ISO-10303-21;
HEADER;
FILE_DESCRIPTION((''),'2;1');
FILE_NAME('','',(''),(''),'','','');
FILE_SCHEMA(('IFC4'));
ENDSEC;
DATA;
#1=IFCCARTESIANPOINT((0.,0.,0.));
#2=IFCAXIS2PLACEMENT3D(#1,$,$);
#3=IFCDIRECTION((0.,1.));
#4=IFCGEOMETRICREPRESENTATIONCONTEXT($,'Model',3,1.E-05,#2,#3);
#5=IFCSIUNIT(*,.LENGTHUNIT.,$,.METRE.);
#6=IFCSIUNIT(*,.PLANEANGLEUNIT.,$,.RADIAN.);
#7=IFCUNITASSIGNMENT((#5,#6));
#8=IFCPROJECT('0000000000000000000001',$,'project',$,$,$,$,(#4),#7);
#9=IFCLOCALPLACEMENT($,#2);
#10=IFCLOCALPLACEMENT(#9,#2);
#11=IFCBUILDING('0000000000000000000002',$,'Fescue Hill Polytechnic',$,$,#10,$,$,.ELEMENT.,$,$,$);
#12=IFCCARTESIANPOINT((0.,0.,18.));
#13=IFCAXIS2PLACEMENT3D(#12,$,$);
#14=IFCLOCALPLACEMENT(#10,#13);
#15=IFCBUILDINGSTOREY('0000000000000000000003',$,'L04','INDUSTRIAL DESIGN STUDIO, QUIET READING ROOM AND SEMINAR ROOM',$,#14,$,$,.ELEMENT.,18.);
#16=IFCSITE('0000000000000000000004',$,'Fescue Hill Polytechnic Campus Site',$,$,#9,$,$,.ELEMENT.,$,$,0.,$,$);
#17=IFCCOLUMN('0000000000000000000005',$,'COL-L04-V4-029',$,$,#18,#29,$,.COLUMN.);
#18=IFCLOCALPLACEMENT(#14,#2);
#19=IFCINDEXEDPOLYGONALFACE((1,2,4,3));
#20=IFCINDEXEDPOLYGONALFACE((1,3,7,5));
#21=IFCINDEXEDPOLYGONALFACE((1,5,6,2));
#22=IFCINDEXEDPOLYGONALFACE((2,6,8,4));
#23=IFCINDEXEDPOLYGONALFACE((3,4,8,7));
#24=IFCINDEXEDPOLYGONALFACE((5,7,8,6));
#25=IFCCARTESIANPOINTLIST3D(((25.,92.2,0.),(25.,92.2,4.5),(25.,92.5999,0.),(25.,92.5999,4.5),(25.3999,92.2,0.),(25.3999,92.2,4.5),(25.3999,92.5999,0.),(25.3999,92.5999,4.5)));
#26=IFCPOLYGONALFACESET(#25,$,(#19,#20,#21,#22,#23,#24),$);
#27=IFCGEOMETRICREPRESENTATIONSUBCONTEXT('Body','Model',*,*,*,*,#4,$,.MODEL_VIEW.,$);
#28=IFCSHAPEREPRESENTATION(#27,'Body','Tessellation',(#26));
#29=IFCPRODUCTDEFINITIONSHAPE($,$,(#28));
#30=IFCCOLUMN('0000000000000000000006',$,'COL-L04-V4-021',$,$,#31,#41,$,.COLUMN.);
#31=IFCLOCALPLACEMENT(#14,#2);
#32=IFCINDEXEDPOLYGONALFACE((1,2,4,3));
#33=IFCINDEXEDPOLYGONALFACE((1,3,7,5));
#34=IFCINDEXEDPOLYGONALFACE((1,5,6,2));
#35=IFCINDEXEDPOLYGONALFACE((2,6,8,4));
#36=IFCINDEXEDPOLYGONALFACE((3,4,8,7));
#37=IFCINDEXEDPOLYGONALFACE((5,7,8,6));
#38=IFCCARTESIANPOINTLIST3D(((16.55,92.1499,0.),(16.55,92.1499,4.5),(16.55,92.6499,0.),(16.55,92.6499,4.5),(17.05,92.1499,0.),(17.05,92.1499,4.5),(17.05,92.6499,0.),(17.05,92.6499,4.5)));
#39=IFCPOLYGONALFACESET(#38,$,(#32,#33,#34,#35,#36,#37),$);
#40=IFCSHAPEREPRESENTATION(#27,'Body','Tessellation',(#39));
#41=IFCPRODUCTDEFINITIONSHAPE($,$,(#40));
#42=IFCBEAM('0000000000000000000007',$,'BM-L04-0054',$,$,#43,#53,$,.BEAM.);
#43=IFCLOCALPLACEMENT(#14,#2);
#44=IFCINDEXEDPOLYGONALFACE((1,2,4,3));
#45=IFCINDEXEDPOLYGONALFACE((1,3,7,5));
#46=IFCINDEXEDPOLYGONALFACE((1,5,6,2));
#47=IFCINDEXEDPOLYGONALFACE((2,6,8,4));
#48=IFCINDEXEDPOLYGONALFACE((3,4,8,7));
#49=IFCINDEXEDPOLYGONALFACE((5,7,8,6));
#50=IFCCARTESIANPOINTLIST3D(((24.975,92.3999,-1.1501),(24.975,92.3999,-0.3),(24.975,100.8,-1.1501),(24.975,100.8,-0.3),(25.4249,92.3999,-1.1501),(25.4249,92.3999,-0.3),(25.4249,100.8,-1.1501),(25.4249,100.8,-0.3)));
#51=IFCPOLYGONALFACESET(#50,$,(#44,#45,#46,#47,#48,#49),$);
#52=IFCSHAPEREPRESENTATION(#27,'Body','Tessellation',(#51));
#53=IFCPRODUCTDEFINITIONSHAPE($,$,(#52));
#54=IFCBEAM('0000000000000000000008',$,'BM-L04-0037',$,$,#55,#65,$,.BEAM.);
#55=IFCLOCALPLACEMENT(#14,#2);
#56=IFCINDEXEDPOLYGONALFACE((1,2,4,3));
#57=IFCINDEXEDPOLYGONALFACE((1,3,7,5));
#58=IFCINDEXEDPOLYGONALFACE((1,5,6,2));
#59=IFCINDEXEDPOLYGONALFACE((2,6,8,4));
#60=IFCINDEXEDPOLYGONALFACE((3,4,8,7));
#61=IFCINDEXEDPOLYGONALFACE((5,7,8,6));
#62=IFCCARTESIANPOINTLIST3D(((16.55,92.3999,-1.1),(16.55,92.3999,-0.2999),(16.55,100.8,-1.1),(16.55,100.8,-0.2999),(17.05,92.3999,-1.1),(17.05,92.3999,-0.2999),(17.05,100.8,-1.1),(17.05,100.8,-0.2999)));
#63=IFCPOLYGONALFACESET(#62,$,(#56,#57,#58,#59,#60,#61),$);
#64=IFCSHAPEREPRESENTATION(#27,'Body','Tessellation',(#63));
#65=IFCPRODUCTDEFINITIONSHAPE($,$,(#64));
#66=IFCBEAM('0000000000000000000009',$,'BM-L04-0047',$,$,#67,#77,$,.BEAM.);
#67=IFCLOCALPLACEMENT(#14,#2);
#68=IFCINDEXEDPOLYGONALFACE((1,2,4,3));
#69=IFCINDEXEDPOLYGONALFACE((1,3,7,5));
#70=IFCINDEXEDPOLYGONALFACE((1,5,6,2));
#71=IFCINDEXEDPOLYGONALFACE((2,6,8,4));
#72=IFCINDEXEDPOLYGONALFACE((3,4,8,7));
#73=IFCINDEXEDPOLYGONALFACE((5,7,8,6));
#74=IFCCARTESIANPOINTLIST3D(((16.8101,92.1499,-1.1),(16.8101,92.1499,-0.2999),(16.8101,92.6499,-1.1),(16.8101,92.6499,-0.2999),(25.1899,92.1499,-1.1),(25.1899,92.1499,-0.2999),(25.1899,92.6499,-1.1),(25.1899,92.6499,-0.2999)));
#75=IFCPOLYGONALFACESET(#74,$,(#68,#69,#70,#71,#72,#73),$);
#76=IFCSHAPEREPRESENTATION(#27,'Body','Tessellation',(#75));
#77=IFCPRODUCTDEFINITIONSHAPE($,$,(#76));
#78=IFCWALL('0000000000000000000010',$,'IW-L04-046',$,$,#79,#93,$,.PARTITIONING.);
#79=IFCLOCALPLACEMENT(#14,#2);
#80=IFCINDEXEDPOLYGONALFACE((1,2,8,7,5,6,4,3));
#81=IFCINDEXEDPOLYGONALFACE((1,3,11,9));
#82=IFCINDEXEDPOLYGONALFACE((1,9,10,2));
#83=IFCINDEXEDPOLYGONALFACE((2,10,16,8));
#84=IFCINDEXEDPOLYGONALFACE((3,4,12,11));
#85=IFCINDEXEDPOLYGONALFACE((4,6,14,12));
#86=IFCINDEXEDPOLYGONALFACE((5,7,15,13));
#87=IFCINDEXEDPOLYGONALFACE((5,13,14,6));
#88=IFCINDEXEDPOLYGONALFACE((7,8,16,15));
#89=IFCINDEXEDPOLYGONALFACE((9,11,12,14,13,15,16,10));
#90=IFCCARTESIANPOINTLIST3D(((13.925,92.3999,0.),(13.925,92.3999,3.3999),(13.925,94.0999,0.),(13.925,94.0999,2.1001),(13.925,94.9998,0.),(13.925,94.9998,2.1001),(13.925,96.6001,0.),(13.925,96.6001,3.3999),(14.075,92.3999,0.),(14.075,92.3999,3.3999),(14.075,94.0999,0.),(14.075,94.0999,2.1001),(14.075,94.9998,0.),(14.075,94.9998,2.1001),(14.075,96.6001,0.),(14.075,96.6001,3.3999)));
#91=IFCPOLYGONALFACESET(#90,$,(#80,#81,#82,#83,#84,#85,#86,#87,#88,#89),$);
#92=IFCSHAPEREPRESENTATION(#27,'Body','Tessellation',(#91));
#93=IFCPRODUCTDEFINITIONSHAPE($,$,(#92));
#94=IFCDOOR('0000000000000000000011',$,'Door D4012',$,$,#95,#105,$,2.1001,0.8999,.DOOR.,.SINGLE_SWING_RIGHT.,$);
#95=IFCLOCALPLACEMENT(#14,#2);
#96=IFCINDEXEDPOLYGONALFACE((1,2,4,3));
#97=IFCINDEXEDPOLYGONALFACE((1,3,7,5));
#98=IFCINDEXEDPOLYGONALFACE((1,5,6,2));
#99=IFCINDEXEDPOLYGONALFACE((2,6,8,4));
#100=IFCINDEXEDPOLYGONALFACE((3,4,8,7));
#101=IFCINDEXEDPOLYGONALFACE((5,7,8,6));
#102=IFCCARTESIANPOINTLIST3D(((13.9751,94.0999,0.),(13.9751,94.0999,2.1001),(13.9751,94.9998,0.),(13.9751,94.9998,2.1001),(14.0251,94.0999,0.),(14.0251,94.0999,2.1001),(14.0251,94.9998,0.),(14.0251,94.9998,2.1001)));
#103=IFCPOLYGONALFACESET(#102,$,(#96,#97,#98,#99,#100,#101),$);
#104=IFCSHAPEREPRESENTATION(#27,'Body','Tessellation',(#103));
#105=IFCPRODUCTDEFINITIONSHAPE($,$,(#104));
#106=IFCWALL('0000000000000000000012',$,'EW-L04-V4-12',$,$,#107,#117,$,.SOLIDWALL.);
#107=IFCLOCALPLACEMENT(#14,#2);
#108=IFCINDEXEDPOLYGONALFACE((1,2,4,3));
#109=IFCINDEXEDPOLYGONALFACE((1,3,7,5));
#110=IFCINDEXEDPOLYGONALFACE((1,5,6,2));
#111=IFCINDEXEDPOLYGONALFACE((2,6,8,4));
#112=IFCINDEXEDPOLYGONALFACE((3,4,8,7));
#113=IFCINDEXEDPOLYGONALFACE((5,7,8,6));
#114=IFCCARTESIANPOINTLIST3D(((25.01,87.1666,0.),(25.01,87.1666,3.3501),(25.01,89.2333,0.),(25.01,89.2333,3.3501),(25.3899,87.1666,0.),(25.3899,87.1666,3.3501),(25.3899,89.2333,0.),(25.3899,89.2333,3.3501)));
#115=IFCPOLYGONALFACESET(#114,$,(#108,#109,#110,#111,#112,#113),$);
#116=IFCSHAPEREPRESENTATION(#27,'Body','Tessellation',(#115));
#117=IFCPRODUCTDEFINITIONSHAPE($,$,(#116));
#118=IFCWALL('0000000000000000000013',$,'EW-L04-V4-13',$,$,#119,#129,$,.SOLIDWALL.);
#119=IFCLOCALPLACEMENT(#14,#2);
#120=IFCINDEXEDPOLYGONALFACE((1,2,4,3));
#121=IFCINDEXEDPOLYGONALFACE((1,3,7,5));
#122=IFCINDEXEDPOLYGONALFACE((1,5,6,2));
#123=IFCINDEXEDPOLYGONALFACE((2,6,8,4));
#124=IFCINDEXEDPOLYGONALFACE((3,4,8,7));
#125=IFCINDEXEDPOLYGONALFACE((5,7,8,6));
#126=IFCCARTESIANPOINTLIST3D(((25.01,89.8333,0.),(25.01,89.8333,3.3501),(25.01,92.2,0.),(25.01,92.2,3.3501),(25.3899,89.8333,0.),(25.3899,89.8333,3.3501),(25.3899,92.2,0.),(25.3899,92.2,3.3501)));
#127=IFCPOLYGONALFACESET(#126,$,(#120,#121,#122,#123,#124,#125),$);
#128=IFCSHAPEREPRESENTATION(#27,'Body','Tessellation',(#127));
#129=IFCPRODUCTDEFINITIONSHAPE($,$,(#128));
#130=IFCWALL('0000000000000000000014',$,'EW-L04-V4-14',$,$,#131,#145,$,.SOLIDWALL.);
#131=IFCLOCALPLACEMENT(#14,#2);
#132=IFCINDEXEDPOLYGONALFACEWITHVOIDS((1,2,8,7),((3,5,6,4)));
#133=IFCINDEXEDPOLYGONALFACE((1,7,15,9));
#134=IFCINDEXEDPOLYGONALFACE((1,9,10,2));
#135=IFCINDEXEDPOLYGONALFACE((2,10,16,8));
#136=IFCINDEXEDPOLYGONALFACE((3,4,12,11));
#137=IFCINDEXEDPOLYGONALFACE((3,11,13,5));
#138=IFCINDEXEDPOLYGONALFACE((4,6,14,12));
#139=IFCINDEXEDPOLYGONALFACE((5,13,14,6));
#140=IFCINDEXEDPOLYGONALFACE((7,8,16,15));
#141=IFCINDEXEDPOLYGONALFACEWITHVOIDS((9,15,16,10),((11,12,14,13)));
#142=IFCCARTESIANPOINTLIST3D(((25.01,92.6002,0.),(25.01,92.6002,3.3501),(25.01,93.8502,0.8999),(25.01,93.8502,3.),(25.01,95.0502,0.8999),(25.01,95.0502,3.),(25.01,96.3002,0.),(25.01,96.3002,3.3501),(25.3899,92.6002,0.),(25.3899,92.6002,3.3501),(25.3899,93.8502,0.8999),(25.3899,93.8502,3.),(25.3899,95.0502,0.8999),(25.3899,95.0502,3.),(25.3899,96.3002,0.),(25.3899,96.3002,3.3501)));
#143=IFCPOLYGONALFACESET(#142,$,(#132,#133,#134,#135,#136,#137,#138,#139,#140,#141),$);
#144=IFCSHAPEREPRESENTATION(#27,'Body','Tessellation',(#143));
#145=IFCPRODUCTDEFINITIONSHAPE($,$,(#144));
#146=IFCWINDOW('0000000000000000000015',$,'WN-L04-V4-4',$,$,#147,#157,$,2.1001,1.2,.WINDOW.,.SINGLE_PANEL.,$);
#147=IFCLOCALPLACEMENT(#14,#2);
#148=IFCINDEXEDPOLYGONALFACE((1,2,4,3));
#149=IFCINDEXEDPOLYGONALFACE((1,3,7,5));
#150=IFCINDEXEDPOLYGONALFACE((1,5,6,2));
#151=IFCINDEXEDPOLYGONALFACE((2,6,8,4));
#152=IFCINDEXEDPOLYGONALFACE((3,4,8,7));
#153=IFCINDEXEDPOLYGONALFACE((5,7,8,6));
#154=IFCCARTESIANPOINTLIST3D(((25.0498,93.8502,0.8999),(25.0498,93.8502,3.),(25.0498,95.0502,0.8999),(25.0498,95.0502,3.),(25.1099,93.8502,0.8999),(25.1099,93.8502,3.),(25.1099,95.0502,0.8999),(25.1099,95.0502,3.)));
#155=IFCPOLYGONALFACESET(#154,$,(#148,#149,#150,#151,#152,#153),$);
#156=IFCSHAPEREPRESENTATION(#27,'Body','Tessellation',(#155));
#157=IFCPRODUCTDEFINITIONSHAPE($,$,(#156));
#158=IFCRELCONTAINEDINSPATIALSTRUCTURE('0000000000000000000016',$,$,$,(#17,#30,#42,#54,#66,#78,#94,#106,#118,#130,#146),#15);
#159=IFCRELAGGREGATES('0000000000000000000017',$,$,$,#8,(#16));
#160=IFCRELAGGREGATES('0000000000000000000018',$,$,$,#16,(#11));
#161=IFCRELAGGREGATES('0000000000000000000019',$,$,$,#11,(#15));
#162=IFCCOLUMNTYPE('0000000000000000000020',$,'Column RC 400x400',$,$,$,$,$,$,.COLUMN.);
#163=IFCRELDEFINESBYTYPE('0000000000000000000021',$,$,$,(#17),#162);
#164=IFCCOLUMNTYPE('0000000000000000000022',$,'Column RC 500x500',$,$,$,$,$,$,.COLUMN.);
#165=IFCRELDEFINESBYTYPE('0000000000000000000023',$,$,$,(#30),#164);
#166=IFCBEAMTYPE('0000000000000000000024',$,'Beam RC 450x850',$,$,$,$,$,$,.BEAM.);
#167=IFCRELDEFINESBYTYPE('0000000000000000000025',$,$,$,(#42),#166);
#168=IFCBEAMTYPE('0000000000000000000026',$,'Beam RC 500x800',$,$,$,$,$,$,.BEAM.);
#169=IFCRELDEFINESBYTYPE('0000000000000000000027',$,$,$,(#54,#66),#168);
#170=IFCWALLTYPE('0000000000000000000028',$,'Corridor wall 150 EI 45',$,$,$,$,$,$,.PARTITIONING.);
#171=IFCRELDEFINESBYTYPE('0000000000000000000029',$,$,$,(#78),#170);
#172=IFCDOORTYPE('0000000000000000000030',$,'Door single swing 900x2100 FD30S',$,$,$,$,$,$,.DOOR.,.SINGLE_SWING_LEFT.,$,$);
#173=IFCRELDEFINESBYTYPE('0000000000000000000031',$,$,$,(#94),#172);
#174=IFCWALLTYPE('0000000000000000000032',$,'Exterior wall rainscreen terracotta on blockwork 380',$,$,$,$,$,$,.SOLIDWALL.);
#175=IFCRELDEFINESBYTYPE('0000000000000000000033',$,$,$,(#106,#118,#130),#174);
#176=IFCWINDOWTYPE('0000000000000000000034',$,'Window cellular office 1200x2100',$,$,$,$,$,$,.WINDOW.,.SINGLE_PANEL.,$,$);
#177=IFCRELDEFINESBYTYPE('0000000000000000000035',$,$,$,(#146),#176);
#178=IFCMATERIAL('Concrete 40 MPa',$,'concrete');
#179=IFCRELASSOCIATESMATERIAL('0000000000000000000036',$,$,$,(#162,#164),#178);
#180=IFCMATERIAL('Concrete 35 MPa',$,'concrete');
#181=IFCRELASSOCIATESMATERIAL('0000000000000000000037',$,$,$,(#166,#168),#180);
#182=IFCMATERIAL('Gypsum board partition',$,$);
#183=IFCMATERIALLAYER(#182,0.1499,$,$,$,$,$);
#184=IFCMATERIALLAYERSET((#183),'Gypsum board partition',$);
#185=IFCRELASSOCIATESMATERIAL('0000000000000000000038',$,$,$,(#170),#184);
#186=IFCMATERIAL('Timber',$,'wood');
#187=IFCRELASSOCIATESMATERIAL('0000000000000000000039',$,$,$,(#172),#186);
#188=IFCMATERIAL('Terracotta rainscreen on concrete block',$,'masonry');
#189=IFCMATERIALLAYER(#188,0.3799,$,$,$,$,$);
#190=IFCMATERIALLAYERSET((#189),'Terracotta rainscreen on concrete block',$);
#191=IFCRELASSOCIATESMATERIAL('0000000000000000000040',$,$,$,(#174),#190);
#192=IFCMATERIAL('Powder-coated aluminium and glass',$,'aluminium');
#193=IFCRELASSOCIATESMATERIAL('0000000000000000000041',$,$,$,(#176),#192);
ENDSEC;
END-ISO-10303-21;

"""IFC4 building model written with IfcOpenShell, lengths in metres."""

from ifc_helpers import new_model, si_unit, direction, frame, frame_2d, origin, origin_2d, place, context, subcontext, project, spatial, rectangle, extrude, material, layer, layer_set, material_profile, profile_set, type_object, element, fill, save


model = new_model("IFC4")

# Units and contexts
model_context = context("Model", 3, precision=1e-05, world=origin(), true_north=direction((0.0, 1.0)))
body_context = subcontext(model_context, "Body", "Model", "MODEL_VIEW")
ifc_project = project(units=[si_unit("LENGTHUNIT", "METRE"), si_unit("PLANEANGLEUNIT", "RADIAN")], contexts=[model_context])

# Site, building, storey
site_placement = place(None, origin())
site = spatial("IfcSite", under=ifc_project, at=site_placement, Name="Fescue Hill Polytechnic Campus Site", CompositionType="ELEMENT", RefElevation=0.0)
building_placement = place(site_placement, origin())
building = spatial("IfcBuilding", under=site, at=building_placement, Name="Fescue Hill Polytechnic", CompositionType="ELEMENT")
storey_placement = place(building_placement, frame((0.0, 0.0, 18.0)))
storey = spatial("IfcBuildingStorey", under=building, at=storey_placement, Name="L04", Description="INDUSTRIAL DESIGN STUDIO, QUIET READING ROOM AND SEMINAR ROOM", CompositionType="ELEMENT", Elevation=18.0)

# Columns
ifc_material_1 = material(Name="Concrete 40 MPa", Category="concrete")
ifc_material_profile_1 = material_profile(ifc_material_1, rectangle(XDim=0.3999, YDim=0.3999, at=origin_2d()), Name="RC 400x400")
ifc_profile_set_1 = profile_set([ifc_material_profile_1], Name="Concrete 40 MPa")
column_type_1 = type_object("IfcColumnType", Name="Column RC 400x400", PredefinedType="COLUMN", material=ifc_profile_set_1)
column_1_placement = place(storey_placement, frame((25.2, 92.3999, 0.0), z_axis=(0.0, 0.0, 1.0), x_axis=(1.0, 0.0, 0.0)))
element("IfcColumn", 1, at=column_1_placement, inside=storey, type_object=column_type_1, Name="COL-L04-V4-029", PredefinedType="COLUMN", context=body_context, shape_type="SweptSolid", body=[
    extrude(rectangle(XDim=0.3999, YDim=0.3999, at=origin_2d()), origin(), (0.0, 0.0, 1.0), 4.5),
])
ifc_material_profile_2 = material_profile(ifc_material_1, rectangle(XDim=0.5, YDim=0.5, at=origin_2d()), Name="RC 500x500")
ifc_profile_set_2 = profile_set([ifc_material_profile_2], Name="Concrete 40 MPa")
column_type_2 = type_object("IfcColumnType", Name="Column RC 500x500", PredefinedType="COLUMN", material=ifc_profile_set_2)
column_2_placement = place(storey_placement, frame((16.8, 92.3999, 0.0), z_axis=(0.0, 0.0, 1.0), x_axis=(1.0, 0.0, 0.0)))
element("IfcColumn", 2, at=column_2_placement, inside=storey, type_object=column_type_2, Name="COL-L04-V4-021", PredefinedType="COLUMN", context=body_context, shape_type="SweptSolid", body=[
    extrude(rectangle(XDim=0.5, YDim=0.5, at=origin_2d()), origin(), (0.0, 0.0, 1.0), 4.5),
])

# Beams
ifc_material_2 = material(Name="Concrete 35 MPa", Category="concrete")
ifc_material_profile_3 = material_profile(ifc_material_2, rectangle(XDim=0.45, YDim=0.8501, at=origin_2d()), Name="RC 450x850")
ifc_profile_set_3 = profile_set([ifc_material_profile_3], Name="Concrete 35 MPa")
beam_type_1 = type_object("IfcBeamType", Name="Beam RC 450x850", PredefinedType="BEAM", material=ifc_profile_set_3)
beam_1_placement = place(storey_placement, frame((25.2, 92.3999, -0.7251), z_axis=(0.0, 1.0, 0.0), x_axis=(-1.0, 0.0, 0.0)))
element("IfcBeam", 3, at=beam_1_placement, inside=storey, type_object=beam_type_1, Name="BM-L04-0054", PredefinedType="BEAM", context=body_context, shape_type="SweptSolid", body=[
    extrude(rectangle(XDim=0.45, YDim=0.8501, at=origin_2d()), origin(), (0.0, 0.0, 1.0), 8.4001),
])
ifc_material_profile_4 = material_profile(ifc_material_2, rectangle(XDim=0.5, YDim=0.8, at=origin_2d()), Name="RC 500x800")
ifc_profile_set_4 = profile_set([ifc_material_profile_4], Name="Concrete 35 MPa")
beam_type_2 = type_object("IfcBeamType", Name="Beam RC 500x800", PredefinedType="BEAM", material=ifc_profile_set_4)
beam_2_placement = place(storey_placement, frame((16.8, 92.3999, -0.7), z_axis=(0.0, 1.0, 0.0), x_axis=(-1.0, 0.0, 0.0)))
element("IfcBeam", 4, at=beam_2_placement, inside=storey, type_object=beam_type_2, Name="BM-L04-0037", PredefinedType="BEAM", context=body_context, shape_type="SweptSolid", body=[
    extrude(rectangle(XDim=0.5, YDim=0.8, at=origin_2d()), origin(), (0.0, 0.0, 1.0), 8.4001),
])
beam_3_placement = place(storey_placement, frame((16.8101, 92.3999, -0.7), z_axis=(1.0, 0.0, 0.0), x_axis=(0.0, 1.0, 0.0)))
element("IfcBeam", 5, at=beam_3_placement, inside=storey, type_object=beam_type_2, Name="BM-L04-0047", PredefinedType="BEAM", context=body_context, shape_type="SweptSolid", body=[
    extrude(rectangle(XDim=0.5, YDim=0.8, at=origin_2d()), origin(), (0.0, 0.0, 1.0), 8.3799),
])

# Wall, opening, door
ifc_material_3 = material(Name="Gypsum board partition")
ifc_layer_1 = layer(ifc_material_3, 0.1499)
ifc_layer_set_1 = layer_set([ifc_layer_1], Name="Gypsum board partition")
wall_type_1 = type_object("IfcWallType", Name="Corridor wall 150 EI 45", PredefinedType="PARTITIONING", material=ifc_layer_set_1)
wall_1_placement = place(storey_placement, frame((14.0, 92.3999, 0.0), z_axis=(0.0, 0.0, 1.0), x_axis=(0.0, 1.0, 0.0)))
wall_1 = element("IfcWall", 6, at=wall_1_placement, inside=storey, type_object=wall_type_1, Name="IW-L04-046", PredefinedType="PARTITIONING", context=body_context, shape_type="SweptSolid", body=[
    extrude(rectangle(XDim=4.2002, YDim=0.1499, at=frame_2d((2.1001, 0.0))), origin(), (0.0, 0.0, 1.0), 3.3999),
])
opening_1_placement = place(wall_1_placement, frame((1.7, 0.0, 0.0)))
opening_1 = element("IfcOpeningElement", 7, at=opening_1_placement, cuts=wall_1, PredefinedType="OPENING", context=body_context, shape_type="SweptSolid", body=[
    extrude(rectangle(XDim=0.8999, YDim=2.1001, at=frame_2d((0.45, 1.05))), frame((0.0, 0.085, 0.0), z_axis=(0.0, -1.0, 0.0), x_axis=(1.0, 0.0, 0.0)), (0.0, 0.0, 1.0), 0.1699),
])
ifc_material_4 = material(Name="Timber", Category="wood")
door_type_1 = type_object("IfcDoorType", Name="Door single swing 900x2100 FD30S", OperationType="SINGLE_SWING_LEFT", PredefinedType="DOOR", material=ifc_material_4)
door_1_placement = place(opening_1_placement, origin())
door_1 = element("IfcDoor", 8, at=door_1_placement, inside=storey, type_object=door_type_1, Name="Door D4012", OperationType="SINGLE_SWING_RIGHT", OverallHeight=2.1001, OverallWidth=0.8999, PredefinedType="DOOR", context=body_context, shape_type="SweptSolid", body=[
    extrude(rectangle(XDim=0.8999, YDim=2.1001, at=frame_2d((0.45, 1.05))), frame((0.0, 0.0249, 0.0), z_axis=(0.0, -1.0, 0.0), x_axis=(1.0, 0.0, 0.0)), (0.0, 0.0, 1.0), 0.05),
])
fill(opening_1, door_1)

# Walls
ifc_material_5 = material(Name="Terracotta rainscreen on concrete block", Category="masonry")
ifc_layer_2 = layer(ifc_material_5, 0.3799)
ifc_layer_set_2 = layer_set([ifc_layer_2], Name="Terracotta rainscreen on concrete block")
wall_type_2 = type_object("IfcWallType", Name="Exterior wall rainscreen terracotta on blockwork 380", PredefinedType="SOLIDWALL", material=ifc_layer_set_2)
wall_2_placement = place(storey_placement, frame((25.2, 87.1667, 0.0), z_axis=(0.0, 0.0, 1.0), x_axis=(0.0, 1.0, 0.0)))
element("IfcWall", 9, at=wall_2_placement, inside=storey, type_object=wall_type_2, Name="EW-L04-V4-12", PredefinedType="SOLIDWALL", context=body_context, shape_type="SweptSolid", body=[
    extrude(rectangle(XDim=2.0667, YDim=0.3799, at=frame_2d((1.0332, 0.0))), origin(), (0.0, 0.0, 1.0), 3.3501),
])
wall_3_placement = place(storey_placement, frame((25.2, 89.8333, 0.0), z_axis=(0.0, 0.0, 1.0), x_axis=(0.0, 1.0, 0.0)))
element("IfcWall", 10, at=wall_3_placement, inside=storey, type_object=wall_type_2, Name="EW-L04-V4-13", PredefinedType="SOLIDWALL", context=body_context, shape_type="SweptSolid", body=[
    extrude(rectangle(XDim=2.3667, YDim=0.3799, at=frame_2d((1.1833, 0.0))), origin(), (0.0, 0.0, 1.0), 3.3501),
])

# Wall, opening, window
wall_4_placement = place(storey_placement, frame((25.2, 92.6001, 0.0), z_axis=(0.0, 0.0, 1.0), x_axis=(0.0, 1.0, 0.0)))
wall_4 = element("IfcWall", 11, at=wall_4_placement, inside=storey, type_object=wall_type_2, Name="EW-L04-V4-14", PredefinedType="SOLIDWALL", context=body_context, shape_type="SweptSolid", body=[
    extrude(rectangle(XDim=3.7, YDim=0.3799, at=frame_2d((1.8501, 0.0))), origin(), (0.0, 0.0, 1.0), 3.3501),
])
opening_2_placement = place(wall_4_placement, frame((1.25, 0.0, 0.8999)))
opening_2 = element("IfcOpeningElement", 12, at=opening_2_placement, cuts=wall_4, PredefinedType="OPENING", context=body_context, shape_type="SweptSolid", body=[
    extrude(rectangle(XDim=1.2, YDim=2.1001, at=frame_2d((0.6001, 1.05))), frame((0.0, 0.2, 0.0), z_axis=(0.0, -1.0, 0.0), x_axis=(1.0, 0.0, 0.0)), (0.0, 0.0, 1.0), 0.3999),
])
ifc_material_6 = material(Name="Powder-coated aluminium and glass", Category="aluminium")
window_type_1 = type_object("IfcWindowType", Name="Window cellular office 1200x2100", PartitioningType="SINGLE_PANEL", PredefinedType="WINDOW", material=ifc_material_6)
window_1_placement = place(opening_2_placement, origin())
window_1 = element("IfcWindow", 13, at=window_1_placement, inside=storey, type_object=window_type_1, Name="WN-L04-V4-4", OverallHeight=2.1001, OverallWidth=1.2, PartitioningType="SINGLE_PANEL", PredefinedType="WINDOW", context=body_context, shape_type="SweptSolid", body=[
    extrude(rectangle(XDim=1.2, YDim=2.1001, at=frame_2d((0.6001, 1.05))), frame((0.0, 0.1501, 0.0), z_axis=(0.0, -1.0, 0.0), x_axis=(1.0, 0.0, 0.0)), (0.0, 0.0, 1.0), 0.0601),
])
fill(opening_2, window_1)

save(model, "model.ifc")
